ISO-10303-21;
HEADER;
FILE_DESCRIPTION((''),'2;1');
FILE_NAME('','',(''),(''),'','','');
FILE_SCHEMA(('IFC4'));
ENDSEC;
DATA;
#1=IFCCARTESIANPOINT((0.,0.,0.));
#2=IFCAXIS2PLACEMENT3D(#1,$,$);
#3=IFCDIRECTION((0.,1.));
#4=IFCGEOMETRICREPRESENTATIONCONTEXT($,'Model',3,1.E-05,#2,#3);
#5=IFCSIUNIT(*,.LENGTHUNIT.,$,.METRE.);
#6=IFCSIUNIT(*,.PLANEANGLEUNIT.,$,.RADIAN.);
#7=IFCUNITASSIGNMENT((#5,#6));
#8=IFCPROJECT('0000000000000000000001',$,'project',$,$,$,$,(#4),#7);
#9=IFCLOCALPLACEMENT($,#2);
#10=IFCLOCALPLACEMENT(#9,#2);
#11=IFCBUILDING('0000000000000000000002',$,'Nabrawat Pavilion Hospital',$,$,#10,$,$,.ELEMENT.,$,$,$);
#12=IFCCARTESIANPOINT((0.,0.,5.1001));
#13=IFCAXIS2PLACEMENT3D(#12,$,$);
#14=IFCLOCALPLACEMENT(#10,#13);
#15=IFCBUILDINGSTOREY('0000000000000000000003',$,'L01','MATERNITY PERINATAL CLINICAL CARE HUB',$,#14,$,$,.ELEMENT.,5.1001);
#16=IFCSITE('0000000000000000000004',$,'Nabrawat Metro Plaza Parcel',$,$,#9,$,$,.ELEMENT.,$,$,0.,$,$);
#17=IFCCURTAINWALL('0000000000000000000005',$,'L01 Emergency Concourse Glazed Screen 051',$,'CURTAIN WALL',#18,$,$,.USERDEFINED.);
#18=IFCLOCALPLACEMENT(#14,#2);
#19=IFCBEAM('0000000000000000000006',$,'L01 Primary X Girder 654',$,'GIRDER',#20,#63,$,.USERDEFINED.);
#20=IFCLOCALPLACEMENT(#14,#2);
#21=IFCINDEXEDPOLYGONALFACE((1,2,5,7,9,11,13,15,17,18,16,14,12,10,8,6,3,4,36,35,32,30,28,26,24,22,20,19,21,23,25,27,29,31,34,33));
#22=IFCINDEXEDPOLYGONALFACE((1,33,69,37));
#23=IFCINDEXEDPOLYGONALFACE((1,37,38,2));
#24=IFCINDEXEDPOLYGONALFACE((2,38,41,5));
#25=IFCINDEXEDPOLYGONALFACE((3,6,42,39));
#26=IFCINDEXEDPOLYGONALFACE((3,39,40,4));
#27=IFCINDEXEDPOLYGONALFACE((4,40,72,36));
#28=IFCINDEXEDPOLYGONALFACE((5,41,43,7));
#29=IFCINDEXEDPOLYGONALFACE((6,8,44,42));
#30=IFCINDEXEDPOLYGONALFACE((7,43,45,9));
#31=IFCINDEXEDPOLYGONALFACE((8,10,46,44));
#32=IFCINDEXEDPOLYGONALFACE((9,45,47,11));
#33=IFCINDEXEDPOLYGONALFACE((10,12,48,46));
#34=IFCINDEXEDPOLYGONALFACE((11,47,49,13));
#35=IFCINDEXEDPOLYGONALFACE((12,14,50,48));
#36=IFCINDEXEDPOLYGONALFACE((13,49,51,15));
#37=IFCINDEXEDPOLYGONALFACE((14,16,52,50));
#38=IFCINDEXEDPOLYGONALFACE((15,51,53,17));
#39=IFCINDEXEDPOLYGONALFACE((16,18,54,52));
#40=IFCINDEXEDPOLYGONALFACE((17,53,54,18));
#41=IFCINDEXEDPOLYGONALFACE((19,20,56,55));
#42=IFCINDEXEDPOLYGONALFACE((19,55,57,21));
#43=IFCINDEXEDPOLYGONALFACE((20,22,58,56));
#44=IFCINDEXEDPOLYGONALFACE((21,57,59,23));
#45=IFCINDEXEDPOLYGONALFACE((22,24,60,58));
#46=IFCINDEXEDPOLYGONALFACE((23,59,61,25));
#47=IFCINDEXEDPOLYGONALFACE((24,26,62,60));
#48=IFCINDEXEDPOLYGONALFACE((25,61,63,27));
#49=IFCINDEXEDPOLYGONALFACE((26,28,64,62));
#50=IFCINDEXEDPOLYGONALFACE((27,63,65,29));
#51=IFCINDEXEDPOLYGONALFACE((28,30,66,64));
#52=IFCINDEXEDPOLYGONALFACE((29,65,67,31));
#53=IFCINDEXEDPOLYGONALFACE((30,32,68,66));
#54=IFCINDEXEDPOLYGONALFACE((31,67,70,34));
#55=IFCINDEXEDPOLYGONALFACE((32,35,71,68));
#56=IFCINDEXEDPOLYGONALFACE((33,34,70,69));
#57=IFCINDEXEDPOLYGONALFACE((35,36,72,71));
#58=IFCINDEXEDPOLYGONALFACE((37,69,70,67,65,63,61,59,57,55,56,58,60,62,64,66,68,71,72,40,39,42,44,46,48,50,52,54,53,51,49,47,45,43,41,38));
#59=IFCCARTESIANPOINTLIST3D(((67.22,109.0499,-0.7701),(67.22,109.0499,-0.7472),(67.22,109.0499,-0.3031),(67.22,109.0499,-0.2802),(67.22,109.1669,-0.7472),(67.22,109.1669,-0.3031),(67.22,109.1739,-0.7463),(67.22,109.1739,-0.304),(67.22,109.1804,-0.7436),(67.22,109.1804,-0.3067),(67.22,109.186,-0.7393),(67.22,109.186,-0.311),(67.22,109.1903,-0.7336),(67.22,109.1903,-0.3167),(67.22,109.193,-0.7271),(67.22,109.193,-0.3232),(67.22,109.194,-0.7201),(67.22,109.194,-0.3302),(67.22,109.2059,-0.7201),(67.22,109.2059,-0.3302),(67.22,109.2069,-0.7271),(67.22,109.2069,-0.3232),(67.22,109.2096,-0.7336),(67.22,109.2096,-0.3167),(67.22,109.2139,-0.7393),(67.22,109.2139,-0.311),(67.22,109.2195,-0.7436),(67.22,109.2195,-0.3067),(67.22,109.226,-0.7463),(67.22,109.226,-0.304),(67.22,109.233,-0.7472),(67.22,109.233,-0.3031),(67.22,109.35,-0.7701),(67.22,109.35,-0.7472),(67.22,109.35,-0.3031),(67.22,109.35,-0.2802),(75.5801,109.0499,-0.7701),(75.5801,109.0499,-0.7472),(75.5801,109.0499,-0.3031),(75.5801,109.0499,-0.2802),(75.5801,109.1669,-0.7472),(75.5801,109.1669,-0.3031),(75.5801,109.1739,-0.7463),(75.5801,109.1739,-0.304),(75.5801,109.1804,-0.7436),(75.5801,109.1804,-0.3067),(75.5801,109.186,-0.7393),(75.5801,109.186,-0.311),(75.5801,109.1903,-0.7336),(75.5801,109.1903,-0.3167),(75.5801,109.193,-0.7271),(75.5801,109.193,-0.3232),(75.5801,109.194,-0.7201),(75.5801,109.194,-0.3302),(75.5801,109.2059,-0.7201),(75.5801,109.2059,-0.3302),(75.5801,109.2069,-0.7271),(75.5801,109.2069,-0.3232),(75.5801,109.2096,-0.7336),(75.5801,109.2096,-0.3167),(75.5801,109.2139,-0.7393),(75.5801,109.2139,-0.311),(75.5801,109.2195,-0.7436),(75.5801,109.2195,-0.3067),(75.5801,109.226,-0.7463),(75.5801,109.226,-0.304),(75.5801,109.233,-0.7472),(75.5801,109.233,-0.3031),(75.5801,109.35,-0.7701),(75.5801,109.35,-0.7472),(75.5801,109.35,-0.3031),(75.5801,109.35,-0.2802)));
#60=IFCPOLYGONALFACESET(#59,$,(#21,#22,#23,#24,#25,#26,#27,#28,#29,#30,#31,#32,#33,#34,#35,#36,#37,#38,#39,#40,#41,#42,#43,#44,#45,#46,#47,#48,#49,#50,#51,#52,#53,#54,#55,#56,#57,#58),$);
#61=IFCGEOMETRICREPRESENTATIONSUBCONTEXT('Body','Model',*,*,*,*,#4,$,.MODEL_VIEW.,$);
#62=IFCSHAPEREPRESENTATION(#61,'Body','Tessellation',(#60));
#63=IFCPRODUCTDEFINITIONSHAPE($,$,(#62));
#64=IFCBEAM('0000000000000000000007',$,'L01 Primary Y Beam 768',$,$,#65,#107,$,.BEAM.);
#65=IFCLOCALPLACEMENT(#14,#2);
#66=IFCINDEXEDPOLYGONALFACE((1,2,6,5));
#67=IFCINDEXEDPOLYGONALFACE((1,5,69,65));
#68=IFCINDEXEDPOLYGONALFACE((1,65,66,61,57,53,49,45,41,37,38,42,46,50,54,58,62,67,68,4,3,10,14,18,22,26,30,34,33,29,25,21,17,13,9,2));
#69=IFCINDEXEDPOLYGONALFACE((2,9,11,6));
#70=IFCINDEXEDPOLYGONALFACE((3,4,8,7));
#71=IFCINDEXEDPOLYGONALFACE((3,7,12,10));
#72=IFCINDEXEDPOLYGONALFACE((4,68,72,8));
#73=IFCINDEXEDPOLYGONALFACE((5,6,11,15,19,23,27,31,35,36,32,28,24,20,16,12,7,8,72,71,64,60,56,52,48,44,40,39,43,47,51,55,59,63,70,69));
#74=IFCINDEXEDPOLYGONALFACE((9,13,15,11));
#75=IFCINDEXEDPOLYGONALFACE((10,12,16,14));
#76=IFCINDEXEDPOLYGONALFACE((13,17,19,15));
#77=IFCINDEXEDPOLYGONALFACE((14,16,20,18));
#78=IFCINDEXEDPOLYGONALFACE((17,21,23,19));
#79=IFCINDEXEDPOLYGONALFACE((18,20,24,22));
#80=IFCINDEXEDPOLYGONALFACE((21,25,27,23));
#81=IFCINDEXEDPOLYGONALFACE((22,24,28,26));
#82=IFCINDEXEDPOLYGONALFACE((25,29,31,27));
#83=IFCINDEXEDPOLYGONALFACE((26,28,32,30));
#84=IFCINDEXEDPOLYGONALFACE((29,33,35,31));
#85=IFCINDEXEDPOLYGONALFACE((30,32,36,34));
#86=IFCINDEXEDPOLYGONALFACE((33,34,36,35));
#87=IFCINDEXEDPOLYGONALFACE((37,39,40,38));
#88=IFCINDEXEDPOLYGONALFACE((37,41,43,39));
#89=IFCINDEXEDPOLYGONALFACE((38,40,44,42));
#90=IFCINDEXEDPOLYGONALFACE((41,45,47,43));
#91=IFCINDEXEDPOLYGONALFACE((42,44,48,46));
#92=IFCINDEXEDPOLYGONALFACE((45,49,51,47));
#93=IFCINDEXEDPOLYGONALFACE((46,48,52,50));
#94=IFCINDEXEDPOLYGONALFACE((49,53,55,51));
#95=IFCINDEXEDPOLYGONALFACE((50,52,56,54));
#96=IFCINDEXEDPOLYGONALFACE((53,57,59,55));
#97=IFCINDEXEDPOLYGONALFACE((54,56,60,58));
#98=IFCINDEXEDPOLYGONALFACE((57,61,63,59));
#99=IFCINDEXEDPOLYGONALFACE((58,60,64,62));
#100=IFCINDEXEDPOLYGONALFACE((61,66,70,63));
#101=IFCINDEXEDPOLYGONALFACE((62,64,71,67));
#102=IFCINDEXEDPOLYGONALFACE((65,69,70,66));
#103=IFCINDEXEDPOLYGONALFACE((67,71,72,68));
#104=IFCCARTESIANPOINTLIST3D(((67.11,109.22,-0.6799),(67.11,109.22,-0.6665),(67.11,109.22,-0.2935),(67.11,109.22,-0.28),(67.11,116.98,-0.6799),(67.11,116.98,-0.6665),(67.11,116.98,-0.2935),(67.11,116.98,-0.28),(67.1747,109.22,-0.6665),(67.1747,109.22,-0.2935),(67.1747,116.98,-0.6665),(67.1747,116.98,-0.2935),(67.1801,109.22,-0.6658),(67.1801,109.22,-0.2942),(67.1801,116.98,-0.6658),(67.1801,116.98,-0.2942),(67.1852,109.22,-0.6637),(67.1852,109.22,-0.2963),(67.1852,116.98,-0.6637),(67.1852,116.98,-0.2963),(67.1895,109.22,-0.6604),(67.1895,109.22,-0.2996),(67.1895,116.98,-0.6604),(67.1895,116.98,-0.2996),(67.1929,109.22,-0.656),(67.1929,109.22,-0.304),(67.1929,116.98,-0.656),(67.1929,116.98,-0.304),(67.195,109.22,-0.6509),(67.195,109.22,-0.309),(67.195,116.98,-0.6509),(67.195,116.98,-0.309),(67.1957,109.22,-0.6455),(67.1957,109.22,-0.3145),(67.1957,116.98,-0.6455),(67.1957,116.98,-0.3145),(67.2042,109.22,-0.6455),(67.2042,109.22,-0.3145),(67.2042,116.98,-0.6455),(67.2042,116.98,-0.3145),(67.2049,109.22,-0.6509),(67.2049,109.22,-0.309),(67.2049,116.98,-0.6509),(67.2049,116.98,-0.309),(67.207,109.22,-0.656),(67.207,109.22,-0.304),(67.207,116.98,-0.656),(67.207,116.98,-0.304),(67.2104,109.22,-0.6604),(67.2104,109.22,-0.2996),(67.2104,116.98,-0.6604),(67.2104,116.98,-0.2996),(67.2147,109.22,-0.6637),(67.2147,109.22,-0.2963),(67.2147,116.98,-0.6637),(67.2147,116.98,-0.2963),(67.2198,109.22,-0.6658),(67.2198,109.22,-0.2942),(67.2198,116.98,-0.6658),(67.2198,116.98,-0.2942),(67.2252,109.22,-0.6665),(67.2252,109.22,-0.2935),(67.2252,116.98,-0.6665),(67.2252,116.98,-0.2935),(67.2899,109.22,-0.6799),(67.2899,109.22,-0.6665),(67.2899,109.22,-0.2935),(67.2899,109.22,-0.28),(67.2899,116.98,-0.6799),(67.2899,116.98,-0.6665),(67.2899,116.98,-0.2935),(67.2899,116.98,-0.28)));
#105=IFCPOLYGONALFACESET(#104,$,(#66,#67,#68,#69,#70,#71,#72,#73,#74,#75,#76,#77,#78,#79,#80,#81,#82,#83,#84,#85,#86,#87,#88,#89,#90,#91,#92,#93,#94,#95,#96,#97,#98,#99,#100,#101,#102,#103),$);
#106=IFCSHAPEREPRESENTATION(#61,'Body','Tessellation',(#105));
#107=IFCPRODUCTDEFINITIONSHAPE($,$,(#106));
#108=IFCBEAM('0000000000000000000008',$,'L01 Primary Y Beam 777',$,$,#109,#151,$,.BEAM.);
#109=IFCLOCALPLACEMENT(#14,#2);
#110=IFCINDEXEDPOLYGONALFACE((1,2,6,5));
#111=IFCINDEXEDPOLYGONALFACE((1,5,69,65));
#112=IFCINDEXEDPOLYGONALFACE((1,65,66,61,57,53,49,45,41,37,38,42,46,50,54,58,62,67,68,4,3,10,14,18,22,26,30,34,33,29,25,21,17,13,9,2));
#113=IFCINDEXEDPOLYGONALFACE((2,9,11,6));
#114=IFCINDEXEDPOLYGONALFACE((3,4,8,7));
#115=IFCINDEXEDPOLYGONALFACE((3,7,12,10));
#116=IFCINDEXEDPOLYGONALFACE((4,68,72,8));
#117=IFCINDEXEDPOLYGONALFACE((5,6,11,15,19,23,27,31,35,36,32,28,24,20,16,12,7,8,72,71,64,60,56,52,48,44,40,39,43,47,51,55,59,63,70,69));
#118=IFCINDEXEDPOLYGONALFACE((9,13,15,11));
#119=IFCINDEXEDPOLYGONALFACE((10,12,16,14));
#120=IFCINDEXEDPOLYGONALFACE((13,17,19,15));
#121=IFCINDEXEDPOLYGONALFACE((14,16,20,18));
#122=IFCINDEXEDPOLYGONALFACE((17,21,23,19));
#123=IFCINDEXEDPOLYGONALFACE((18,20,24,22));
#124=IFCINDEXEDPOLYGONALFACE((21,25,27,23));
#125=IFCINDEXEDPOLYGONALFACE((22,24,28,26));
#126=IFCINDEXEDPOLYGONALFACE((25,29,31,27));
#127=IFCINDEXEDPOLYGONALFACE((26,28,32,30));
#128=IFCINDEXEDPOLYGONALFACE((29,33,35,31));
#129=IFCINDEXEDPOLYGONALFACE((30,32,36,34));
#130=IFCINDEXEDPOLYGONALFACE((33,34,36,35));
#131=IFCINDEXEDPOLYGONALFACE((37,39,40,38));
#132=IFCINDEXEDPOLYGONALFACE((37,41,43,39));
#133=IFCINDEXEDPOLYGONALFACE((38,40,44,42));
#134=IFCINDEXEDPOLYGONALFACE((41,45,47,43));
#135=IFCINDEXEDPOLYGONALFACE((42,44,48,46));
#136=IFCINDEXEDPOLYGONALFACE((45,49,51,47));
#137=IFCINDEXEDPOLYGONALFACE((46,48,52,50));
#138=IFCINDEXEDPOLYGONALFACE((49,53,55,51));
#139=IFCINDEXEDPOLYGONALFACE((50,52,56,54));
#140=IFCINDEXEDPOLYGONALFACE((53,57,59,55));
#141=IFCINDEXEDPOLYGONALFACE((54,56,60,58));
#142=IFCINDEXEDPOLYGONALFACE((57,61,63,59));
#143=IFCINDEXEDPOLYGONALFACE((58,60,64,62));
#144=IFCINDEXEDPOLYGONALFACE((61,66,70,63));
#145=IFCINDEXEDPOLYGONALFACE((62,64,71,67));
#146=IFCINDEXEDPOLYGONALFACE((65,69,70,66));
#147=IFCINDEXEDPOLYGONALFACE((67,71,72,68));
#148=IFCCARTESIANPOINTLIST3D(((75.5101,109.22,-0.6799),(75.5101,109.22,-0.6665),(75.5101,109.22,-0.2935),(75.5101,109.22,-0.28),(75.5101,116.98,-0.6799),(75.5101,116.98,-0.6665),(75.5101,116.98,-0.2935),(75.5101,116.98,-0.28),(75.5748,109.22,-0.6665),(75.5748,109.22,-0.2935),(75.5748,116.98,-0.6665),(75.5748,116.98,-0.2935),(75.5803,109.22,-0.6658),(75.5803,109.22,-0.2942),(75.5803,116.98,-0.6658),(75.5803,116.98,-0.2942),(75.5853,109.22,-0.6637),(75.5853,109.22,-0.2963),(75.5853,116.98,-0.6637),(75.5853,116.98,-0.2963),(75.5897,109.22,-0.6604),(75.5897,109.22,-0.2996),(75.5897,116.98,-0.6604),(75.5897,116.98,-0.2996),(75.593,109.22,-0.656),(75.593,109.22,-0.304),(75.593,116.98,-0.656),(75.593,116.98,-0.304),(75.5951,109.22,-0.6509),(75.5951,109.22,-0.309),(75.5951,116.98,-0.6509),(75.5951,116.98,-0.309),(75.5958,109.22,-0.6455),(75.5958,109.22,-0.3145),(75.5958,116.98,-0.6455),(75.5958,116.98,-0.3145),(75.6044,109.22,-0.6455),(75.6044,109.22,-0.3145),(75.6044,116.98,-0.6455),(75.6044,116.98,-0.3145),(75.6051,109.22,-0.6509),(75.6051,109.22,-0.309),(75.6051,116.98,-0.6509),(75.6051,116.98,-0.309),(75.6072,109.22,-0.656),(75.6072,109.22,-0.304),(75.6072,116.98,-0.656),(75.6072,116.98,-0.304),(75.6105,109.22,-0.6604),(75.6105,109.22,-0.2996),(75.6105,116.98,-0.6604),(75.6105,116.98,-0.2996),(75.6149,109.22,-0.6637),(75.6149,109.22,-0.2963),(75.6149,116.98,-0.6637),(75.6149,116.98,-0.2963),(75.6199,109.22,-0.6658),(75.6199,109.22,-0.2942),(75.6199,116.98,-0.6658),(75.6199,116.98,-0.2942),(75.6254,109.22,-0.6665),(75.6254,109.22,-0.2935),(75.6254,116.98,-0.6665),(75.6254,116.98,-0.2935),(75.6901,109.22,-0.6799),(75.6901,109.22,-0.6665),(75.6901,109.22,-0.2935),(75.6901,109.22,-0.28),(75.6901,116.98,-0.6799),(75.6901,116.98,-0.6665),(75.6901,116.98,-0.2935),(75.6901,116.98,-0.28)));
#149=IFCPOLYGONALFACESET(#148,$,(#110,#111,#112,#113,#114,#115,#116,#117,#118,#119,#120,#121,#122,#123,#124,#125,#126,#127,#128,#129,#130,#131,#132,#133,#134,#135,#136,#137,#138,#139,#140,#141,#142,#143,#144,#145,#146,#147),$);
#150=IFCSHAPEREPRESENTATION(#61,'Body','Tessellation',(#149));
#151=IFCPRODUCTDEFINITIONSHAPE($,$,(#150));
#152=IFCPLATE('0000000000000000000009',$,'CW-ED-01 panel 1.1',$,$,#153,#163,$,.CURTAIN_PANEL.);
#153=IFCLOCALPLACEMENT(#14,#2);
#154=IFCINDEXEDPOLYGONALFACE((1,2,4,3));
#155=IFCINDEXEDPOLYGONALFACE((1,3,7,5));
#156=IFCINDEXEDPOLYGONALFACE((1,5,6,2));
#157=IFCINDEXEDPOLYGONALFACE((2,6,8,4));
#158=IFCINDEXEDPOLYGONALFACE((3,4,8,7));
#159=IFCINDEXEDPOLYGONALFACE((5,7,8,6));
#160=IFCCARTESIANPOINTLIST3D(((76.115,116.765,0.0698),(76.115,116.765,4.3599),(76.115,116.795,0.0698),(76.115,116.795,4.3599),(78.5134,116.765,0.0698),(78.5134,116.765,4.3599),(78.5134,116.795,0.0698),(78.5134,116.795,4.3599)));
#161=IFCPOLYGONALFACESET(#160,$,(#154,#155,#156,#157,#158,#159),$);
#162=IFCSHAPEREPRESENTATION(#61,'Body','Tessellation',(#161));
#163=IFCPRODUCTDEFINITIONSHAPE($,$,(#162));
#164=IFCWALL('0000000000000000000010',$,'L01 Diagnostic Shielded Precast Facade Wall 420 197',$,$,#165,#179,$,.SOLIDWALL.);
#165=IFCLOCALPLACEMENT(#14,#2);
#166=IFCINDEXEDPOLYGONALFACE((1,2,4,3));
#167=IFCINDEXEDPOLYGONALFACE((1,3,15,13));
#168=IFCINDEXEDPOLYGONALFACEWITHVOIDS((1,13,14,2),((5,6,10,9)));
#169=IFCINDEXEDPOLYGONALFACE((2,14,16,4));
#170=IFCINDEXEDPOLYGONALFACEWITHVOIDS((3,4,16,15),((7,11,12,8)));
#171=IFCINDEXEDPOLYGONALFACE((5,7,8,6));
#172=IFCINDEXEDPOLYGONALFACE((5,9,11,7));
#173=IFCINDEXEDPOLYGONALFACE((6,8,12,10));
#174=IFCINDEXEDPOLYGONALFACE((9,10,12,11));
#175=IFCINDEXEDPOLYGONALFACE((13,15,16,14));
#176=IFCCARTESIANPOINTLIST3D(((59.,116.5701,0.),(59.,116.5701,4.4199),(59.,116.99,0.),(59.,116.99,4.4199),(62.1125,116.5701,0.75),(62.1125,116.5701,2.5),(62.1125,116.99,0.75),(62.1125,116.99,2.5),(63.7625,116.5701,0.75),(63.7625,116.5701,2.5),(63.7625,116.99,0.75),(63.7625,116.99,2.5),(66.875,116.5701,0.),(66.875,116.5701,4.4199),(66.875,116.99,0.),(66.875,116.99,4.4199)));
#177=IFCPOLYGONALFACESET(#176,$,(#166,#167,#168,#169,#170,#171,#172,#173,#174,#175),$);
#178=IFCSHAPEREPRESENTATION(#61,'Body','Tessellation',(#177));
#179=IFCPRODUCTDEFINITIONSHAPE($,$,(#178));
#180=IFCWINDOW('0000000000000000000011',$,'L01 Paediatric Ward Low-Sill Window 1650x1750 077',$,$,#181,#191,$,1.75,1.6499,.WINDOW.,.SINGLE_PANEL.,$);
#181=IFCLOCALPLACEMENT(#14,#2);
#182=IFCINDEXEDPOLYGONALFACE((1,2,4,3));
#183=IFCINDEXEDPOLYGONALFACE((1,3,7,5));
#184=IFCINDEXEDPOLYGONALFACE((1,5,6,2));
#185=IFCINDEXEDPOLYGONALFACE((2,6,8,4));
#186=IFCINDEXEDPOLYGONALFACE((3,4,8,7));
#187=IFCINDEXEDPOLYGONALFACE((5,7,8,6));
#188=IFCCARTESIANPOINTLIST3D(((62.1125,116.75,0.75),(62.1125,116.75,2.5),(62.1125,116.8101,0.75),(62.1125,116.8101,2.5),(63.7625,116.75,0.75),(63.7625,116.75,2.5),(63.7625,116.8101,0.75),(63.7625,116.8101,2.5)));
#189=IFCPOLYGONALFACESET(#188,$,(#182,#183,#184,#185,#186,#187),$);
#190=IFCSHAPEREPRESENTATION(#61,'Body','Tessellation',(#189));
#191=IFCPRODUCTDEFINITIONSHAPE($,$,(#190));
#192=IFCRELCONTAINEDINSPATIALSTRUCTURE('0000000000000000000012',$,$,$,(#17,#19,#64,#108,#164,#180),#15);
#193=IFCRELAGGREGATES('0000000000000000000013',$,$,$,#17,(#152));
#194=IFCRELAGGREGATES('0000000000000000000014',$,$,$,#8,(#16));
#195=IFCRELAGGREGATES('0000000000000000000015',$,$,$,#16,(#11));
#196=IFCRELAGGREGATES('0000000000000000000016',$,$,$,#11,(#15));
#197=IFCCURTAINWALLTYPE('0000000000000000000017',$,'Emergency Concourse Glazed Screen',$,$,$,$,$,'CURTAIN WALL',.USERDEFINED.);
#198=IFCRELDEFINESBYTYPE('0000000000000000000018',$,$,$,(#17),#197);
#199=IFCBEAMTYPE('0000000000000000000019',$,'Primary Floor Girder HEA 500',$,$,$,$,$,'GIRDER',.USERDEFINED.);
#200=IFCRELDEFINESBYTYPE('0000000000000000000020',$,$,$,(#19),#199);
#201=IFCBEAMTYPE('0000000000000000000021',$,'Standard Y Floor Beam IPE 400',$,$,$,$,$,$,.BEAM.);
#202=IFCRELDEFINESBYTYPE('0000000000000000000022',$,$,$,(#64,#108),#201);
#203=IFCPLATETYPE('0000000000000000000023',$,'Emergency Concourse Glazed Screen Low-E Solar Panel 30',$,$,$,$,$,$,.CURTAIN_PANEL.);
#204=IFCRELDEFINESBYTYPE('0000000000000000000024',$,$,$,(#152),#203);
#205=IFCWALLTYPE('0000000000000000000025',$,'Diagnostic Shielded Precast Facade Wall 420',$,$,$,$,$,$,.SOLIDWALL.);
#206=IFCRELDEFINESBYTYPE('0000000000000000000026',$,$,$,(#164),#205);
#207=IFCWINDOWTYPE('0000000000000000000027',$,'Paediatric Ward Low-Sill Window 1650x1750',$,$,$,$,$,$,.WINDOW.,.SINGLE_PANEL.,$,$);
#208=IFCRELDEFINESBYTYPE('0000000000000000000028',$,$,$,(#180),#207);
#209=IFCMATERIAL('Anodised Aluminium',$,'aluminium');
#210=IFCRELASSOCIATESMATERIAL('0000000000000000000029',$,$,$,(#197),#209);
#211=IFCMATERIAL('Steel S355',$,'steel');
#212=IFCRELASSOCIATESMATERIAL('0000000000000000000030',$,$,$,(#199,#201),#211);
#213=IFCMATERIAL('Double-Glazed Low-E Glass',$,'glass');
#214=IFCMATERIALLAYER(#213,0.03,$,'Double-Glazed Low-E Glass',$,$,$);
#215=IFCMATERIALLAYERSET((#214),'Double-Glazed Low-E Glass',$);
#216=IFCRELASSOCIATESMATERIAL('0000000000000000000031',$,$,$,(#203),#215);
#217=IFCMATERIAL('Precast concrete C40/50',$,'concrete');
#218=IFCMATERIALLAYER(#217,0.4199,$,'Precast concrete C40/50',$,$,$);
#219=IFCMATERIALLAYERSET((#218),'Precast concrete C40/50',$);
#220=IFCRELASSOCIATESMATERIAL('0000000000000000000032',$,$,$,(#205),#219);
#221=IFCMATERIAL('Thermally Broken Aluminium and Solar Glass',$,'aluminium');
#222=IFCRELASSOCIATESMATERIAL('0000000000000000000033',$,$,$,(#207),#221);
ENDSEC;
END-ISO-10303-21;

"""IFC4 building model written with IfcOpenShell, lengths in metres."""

from ifc_helpers import new_model, si_unit, direction, frame, frame_2d, origin, origin_2d, place, context, subcontext, project, spatial, rectangle, i_section, extrude, material, layer, layer_set, material_profile, profile_set, type_object, element, fill, aggregate, save


model = new_model("IFC4")

# Units and contexts
model_context = context("Model", 3, precision=1e-05, world=origin(), true_north=direction((0.0, 1.0)))
body_context = subcontext(model_context, "Body", "Model", "MODEL_VIEW")
ifc_project = project(units=[si_unit("LENGTHUNIT", "METRE"), si_unit("PLANEANGLEUNIT", "RADIAN")], contexts=[model_context])

# Site, building, storey
site_placement = place(None, origin())
site = spatial("IfcSite", under=ifc_project, at=site_placement, Name="Nabrawat Metro Plaza Parcel", CompositionType="ELEMENT", RefElevation=0.0)
building_placement = place(site_placement, origin())
building = spatial("IfcBuilding", under=site, at=building_placement, Name="Nabrawat Pavilion Hospital", CompositionType="ELEMENT")
storey_placement = place(building_placement, frame((0.0, 0.0, 5.1001)))
storey = spatial("IfcBuildingStorey", under=building, at=storey_placement, Name="L01", Description="MATERNITY PERINATAL CLINICAL CARE HUB", CompositionType="ELEMENT", Elevation=5.1001)

# Curtain wall
ifc_material_1 = material(Name="Anodised Aluminium", Category="aluminium")
curtain_wall_type = type_object("IfcCurtainWallType", Name="Emergency Concourse Glazed Screen", ElementType="CURTAIN WALL", PredefinedType="USERDEFINED", material=ifc_material_1)
curtain_wall_placement = place(storey_placement, origin())
curtain_wall = element("IfcCurtainWall", 1, at=curtain_wall_placement, inside=storey, type_object=curtain_wall_type, Name="L01 Emergency Concourse Glazed Screen 051", ObjectType="CURTAIN WALL", PredefinedType="USERDEFINED")

# Beams
ifc_material_2 = material(Name="Steel S355", Category="steel")
ifc_material_profile_1 = material_profile(ifc_material_2, i_section(OverallWidth=0.3, OverallDepth=0.49, WebThickness=0.012, FlangeThickness=0.0229, FilletRadius=0.0271, at=origin_2d()), Name="HEA 500")
ifc_profile_set_1 = profile_set([ifc_material_profile_1], Name="Steel S355")
beam_type_1 = type_object("IfcBeamType", Name="Primary Floor Girder HEA 500", ElementType="GIRDER", PredefinedType="USERDEFINED", material=ifc_profile_set_1)
beam_1_placement = place(storey_placement, frame((67.22, 109.2, -0.5251), z_axis=(1.0, 0.0, 0.0), x_axis=(0.0, 1.0, 0.0)))
element("IfcBeam", 2, at=beam_1_placement, inside=storey, type_object=beam_type_1, Name="L01 Primary X Girder 654", ObjectType="GIRDER", PredefinedType="USERDEFINED", context=body_context, shape_type="SweptSolid", body=[
    extrude(i_section(OverallWidth=0.3, OverallDepth=0.49, WebThickness=0.012, FlangeThickness=0.0229, FilletRadius=0.0271, at=origin_2d()), origin(), (0.0, 0.0, 1.0), 8.3601),
])
ifc_material_profile_2 = material_profile(ifc_material_2, i_section(OverallWidth=0.1799, OverallDepth=0.3999, WebThickness=0.0085, FlangeThickness=0.0134, FilletRadius=0.021, at=origin_2d()), Name="IPE 400")
ifc_profile_set_2 = profile_set([ifc_material_profile_2], Name="Steel S355")
beam_type_2 = type_object("IfcBeamType", Name="Standard Y Floor Beam IPE 400", PredefinedType="BEAM", material=ifc_profile_set_2)
for number, where, z_axis, x_axis, name in (
    (3, (67.2, 109.22, -0.48), (0.0, 1.0, 0.0), (-1.0, 0.0, 0.0), "L01 Primary Y Beam 768"),
    (4, (75.6001, 109.22, -0.48), (0.0, 1.0, 0.0), (-1.0, 0.0, 0.0), "L01 Primary Y Beam 777"),
):
    element("IfcBeam", number, at=place(storey_placement, frame(where, z_axis=z_axis, x_axis=x_axis)), inside=storey, type_object=beam_type_2, Name=name, PredefinedType="BEAM", context=body_context, shape_type="SweptSolid", body=[
        extrude(i_section(OverallWidth=0.1799, OverallDepth=0.3999, WebThickness=0.0085, FlangeThickness=0.0134, FilletRadius=0.021, at=origin_2d()), origin(), (0.0, 0.0, 1.0), 7.76),
    ])

# Plate
ifc_material_3 = material(Name="Double-Glazed Low-E Glass", Category="glass")
ifc_layer_1 = layer(ifc_material_3, 0.03, Name="Double-Glazed Low-E Glass")
ifc_layer_set_1 = layer_set([ifc_layer_1], Name="Double-Glazed Low-E Glass")
plate_type = type_object("IfcPlateType", Name="Emergency Concourse Glazed Screen Low-E Solar Panel 30", PredefinedType="CURTAIN_PANEL", material=ifc_layer_set_1)
plate_placement = place(storey_placement, frame((77.3142, 116.78, 0.0698), z_axis=(0.0, 0.0, 1.0), x_axis=(1.0, 0.0, 0.0)))
plate = element("IfcPlate", 5, at=plate_placement, type_object=plate_type, Name="CW-ED-01 panel 1.1", PredefinedType="CURTAIN_PANEL", context=body_context, shape_type="SweptSolid", body=[
    extrude(rectangle(XDim=2.3984, YDim=0.03, at=origin_2d()), origin(), (0.0, 0.0, 1.0), 4.29),
])
aggregate(curtain_wall, [plate])

# Wall, opening, window
ifc_material_4 = material(Name="Precast concrete C40/50", Category="concrete")
ifc_layer_2 = layer(ifc_material_4, 0.4199, Name="Precast concrete C40/50")
ifc_layer_set_2 = layer_set([ifc_layer_2], Name="Precast concrete C40/50")
wall_type = type_object("IfcWallType", Name="Diagnostic Shielded Precast Facade Wall 420", PredefinedType="SOLIDWALL", material=ifc_layer_set_2)
wall_1_placement = place(storey_placement, frame((59.0, 116.78, 0.0), z_axis=(0.0, 0.0, 1.0), x_axis=(1.0, 0.0, 0.0)))
wall_1 = element("IfcWall", 6, at=wall_1_placement, inside=storey, type_object=wall_type, Name="L01 Diagnostic Shielded Precast Facade Wall 420 197", PredefinedType="SOLIDWALL", context=body_context, shape_type="SweptSolid", body=[
    extrude(rectangle(XDim=7.875, YDim=0.4199, at=frame_2d((3.9375, 0.0))), origin(), (0.0, 0.0, 1.0), 4.4199),
])
opening_placement = place(wall_1_placement, frame((3.1125, 0.0, 0.75)))
opening = element("IfcOpeningElement", 7, at=opening_placement, cuts=wall_1, PredefinedType="OPENING", context=body_context, shape_type="SweptSolid", body=[
    extrude(rectangle(XDim=1.6499, YDim=1.75, at=frame_2d((0.825, 0.875))), frame((0.0, 0.22, 0.0), z_axis=(0.0, -1.0, 0.0), x_axis=(1.0, 0.0, 0.0)), (0.0, 0.0, 1.0), 0.4399),
])
ifc_material_5 = material(Name="Thermally Broken Aluminium and Solar Glass", Category="aluminium")
window_type = type_object("IfcWindowType", Name="Paediatric Ward Low-Sill Window 1650x1750", PartitioningType="SINGLE_PANEL", PredefinedType="WINDOW", material=ifc_material_5)
window_placement = place(opening_placement, origin())
window = element("IfcWindow", 8, at=window_placement, inside=storey, type_object=window_type, Name="L01 Paediatric Ward Low-Sill Window 1650x1750 077", OverallHeight=1.75, OverallWidth=1.6499, PartitioningType="SINGLE_PANEL", PredefinedType="WINDOW", context=body_context, shape_type="SweptSolid", body=[
    extrude(rectangle(XDim=1.6499, YDim=1.75, at=frame_2d((0.825, 0.875))), frame((0.0, 0.03, 0.0), z_axis=(0.0, -1.0, 0.0), x_axis=(1.0, 0.0, 0.0)), (0.0, 0.0, 1.0), 0.0601),
])
fill(opening, window)

save(model, "model.ifc")
